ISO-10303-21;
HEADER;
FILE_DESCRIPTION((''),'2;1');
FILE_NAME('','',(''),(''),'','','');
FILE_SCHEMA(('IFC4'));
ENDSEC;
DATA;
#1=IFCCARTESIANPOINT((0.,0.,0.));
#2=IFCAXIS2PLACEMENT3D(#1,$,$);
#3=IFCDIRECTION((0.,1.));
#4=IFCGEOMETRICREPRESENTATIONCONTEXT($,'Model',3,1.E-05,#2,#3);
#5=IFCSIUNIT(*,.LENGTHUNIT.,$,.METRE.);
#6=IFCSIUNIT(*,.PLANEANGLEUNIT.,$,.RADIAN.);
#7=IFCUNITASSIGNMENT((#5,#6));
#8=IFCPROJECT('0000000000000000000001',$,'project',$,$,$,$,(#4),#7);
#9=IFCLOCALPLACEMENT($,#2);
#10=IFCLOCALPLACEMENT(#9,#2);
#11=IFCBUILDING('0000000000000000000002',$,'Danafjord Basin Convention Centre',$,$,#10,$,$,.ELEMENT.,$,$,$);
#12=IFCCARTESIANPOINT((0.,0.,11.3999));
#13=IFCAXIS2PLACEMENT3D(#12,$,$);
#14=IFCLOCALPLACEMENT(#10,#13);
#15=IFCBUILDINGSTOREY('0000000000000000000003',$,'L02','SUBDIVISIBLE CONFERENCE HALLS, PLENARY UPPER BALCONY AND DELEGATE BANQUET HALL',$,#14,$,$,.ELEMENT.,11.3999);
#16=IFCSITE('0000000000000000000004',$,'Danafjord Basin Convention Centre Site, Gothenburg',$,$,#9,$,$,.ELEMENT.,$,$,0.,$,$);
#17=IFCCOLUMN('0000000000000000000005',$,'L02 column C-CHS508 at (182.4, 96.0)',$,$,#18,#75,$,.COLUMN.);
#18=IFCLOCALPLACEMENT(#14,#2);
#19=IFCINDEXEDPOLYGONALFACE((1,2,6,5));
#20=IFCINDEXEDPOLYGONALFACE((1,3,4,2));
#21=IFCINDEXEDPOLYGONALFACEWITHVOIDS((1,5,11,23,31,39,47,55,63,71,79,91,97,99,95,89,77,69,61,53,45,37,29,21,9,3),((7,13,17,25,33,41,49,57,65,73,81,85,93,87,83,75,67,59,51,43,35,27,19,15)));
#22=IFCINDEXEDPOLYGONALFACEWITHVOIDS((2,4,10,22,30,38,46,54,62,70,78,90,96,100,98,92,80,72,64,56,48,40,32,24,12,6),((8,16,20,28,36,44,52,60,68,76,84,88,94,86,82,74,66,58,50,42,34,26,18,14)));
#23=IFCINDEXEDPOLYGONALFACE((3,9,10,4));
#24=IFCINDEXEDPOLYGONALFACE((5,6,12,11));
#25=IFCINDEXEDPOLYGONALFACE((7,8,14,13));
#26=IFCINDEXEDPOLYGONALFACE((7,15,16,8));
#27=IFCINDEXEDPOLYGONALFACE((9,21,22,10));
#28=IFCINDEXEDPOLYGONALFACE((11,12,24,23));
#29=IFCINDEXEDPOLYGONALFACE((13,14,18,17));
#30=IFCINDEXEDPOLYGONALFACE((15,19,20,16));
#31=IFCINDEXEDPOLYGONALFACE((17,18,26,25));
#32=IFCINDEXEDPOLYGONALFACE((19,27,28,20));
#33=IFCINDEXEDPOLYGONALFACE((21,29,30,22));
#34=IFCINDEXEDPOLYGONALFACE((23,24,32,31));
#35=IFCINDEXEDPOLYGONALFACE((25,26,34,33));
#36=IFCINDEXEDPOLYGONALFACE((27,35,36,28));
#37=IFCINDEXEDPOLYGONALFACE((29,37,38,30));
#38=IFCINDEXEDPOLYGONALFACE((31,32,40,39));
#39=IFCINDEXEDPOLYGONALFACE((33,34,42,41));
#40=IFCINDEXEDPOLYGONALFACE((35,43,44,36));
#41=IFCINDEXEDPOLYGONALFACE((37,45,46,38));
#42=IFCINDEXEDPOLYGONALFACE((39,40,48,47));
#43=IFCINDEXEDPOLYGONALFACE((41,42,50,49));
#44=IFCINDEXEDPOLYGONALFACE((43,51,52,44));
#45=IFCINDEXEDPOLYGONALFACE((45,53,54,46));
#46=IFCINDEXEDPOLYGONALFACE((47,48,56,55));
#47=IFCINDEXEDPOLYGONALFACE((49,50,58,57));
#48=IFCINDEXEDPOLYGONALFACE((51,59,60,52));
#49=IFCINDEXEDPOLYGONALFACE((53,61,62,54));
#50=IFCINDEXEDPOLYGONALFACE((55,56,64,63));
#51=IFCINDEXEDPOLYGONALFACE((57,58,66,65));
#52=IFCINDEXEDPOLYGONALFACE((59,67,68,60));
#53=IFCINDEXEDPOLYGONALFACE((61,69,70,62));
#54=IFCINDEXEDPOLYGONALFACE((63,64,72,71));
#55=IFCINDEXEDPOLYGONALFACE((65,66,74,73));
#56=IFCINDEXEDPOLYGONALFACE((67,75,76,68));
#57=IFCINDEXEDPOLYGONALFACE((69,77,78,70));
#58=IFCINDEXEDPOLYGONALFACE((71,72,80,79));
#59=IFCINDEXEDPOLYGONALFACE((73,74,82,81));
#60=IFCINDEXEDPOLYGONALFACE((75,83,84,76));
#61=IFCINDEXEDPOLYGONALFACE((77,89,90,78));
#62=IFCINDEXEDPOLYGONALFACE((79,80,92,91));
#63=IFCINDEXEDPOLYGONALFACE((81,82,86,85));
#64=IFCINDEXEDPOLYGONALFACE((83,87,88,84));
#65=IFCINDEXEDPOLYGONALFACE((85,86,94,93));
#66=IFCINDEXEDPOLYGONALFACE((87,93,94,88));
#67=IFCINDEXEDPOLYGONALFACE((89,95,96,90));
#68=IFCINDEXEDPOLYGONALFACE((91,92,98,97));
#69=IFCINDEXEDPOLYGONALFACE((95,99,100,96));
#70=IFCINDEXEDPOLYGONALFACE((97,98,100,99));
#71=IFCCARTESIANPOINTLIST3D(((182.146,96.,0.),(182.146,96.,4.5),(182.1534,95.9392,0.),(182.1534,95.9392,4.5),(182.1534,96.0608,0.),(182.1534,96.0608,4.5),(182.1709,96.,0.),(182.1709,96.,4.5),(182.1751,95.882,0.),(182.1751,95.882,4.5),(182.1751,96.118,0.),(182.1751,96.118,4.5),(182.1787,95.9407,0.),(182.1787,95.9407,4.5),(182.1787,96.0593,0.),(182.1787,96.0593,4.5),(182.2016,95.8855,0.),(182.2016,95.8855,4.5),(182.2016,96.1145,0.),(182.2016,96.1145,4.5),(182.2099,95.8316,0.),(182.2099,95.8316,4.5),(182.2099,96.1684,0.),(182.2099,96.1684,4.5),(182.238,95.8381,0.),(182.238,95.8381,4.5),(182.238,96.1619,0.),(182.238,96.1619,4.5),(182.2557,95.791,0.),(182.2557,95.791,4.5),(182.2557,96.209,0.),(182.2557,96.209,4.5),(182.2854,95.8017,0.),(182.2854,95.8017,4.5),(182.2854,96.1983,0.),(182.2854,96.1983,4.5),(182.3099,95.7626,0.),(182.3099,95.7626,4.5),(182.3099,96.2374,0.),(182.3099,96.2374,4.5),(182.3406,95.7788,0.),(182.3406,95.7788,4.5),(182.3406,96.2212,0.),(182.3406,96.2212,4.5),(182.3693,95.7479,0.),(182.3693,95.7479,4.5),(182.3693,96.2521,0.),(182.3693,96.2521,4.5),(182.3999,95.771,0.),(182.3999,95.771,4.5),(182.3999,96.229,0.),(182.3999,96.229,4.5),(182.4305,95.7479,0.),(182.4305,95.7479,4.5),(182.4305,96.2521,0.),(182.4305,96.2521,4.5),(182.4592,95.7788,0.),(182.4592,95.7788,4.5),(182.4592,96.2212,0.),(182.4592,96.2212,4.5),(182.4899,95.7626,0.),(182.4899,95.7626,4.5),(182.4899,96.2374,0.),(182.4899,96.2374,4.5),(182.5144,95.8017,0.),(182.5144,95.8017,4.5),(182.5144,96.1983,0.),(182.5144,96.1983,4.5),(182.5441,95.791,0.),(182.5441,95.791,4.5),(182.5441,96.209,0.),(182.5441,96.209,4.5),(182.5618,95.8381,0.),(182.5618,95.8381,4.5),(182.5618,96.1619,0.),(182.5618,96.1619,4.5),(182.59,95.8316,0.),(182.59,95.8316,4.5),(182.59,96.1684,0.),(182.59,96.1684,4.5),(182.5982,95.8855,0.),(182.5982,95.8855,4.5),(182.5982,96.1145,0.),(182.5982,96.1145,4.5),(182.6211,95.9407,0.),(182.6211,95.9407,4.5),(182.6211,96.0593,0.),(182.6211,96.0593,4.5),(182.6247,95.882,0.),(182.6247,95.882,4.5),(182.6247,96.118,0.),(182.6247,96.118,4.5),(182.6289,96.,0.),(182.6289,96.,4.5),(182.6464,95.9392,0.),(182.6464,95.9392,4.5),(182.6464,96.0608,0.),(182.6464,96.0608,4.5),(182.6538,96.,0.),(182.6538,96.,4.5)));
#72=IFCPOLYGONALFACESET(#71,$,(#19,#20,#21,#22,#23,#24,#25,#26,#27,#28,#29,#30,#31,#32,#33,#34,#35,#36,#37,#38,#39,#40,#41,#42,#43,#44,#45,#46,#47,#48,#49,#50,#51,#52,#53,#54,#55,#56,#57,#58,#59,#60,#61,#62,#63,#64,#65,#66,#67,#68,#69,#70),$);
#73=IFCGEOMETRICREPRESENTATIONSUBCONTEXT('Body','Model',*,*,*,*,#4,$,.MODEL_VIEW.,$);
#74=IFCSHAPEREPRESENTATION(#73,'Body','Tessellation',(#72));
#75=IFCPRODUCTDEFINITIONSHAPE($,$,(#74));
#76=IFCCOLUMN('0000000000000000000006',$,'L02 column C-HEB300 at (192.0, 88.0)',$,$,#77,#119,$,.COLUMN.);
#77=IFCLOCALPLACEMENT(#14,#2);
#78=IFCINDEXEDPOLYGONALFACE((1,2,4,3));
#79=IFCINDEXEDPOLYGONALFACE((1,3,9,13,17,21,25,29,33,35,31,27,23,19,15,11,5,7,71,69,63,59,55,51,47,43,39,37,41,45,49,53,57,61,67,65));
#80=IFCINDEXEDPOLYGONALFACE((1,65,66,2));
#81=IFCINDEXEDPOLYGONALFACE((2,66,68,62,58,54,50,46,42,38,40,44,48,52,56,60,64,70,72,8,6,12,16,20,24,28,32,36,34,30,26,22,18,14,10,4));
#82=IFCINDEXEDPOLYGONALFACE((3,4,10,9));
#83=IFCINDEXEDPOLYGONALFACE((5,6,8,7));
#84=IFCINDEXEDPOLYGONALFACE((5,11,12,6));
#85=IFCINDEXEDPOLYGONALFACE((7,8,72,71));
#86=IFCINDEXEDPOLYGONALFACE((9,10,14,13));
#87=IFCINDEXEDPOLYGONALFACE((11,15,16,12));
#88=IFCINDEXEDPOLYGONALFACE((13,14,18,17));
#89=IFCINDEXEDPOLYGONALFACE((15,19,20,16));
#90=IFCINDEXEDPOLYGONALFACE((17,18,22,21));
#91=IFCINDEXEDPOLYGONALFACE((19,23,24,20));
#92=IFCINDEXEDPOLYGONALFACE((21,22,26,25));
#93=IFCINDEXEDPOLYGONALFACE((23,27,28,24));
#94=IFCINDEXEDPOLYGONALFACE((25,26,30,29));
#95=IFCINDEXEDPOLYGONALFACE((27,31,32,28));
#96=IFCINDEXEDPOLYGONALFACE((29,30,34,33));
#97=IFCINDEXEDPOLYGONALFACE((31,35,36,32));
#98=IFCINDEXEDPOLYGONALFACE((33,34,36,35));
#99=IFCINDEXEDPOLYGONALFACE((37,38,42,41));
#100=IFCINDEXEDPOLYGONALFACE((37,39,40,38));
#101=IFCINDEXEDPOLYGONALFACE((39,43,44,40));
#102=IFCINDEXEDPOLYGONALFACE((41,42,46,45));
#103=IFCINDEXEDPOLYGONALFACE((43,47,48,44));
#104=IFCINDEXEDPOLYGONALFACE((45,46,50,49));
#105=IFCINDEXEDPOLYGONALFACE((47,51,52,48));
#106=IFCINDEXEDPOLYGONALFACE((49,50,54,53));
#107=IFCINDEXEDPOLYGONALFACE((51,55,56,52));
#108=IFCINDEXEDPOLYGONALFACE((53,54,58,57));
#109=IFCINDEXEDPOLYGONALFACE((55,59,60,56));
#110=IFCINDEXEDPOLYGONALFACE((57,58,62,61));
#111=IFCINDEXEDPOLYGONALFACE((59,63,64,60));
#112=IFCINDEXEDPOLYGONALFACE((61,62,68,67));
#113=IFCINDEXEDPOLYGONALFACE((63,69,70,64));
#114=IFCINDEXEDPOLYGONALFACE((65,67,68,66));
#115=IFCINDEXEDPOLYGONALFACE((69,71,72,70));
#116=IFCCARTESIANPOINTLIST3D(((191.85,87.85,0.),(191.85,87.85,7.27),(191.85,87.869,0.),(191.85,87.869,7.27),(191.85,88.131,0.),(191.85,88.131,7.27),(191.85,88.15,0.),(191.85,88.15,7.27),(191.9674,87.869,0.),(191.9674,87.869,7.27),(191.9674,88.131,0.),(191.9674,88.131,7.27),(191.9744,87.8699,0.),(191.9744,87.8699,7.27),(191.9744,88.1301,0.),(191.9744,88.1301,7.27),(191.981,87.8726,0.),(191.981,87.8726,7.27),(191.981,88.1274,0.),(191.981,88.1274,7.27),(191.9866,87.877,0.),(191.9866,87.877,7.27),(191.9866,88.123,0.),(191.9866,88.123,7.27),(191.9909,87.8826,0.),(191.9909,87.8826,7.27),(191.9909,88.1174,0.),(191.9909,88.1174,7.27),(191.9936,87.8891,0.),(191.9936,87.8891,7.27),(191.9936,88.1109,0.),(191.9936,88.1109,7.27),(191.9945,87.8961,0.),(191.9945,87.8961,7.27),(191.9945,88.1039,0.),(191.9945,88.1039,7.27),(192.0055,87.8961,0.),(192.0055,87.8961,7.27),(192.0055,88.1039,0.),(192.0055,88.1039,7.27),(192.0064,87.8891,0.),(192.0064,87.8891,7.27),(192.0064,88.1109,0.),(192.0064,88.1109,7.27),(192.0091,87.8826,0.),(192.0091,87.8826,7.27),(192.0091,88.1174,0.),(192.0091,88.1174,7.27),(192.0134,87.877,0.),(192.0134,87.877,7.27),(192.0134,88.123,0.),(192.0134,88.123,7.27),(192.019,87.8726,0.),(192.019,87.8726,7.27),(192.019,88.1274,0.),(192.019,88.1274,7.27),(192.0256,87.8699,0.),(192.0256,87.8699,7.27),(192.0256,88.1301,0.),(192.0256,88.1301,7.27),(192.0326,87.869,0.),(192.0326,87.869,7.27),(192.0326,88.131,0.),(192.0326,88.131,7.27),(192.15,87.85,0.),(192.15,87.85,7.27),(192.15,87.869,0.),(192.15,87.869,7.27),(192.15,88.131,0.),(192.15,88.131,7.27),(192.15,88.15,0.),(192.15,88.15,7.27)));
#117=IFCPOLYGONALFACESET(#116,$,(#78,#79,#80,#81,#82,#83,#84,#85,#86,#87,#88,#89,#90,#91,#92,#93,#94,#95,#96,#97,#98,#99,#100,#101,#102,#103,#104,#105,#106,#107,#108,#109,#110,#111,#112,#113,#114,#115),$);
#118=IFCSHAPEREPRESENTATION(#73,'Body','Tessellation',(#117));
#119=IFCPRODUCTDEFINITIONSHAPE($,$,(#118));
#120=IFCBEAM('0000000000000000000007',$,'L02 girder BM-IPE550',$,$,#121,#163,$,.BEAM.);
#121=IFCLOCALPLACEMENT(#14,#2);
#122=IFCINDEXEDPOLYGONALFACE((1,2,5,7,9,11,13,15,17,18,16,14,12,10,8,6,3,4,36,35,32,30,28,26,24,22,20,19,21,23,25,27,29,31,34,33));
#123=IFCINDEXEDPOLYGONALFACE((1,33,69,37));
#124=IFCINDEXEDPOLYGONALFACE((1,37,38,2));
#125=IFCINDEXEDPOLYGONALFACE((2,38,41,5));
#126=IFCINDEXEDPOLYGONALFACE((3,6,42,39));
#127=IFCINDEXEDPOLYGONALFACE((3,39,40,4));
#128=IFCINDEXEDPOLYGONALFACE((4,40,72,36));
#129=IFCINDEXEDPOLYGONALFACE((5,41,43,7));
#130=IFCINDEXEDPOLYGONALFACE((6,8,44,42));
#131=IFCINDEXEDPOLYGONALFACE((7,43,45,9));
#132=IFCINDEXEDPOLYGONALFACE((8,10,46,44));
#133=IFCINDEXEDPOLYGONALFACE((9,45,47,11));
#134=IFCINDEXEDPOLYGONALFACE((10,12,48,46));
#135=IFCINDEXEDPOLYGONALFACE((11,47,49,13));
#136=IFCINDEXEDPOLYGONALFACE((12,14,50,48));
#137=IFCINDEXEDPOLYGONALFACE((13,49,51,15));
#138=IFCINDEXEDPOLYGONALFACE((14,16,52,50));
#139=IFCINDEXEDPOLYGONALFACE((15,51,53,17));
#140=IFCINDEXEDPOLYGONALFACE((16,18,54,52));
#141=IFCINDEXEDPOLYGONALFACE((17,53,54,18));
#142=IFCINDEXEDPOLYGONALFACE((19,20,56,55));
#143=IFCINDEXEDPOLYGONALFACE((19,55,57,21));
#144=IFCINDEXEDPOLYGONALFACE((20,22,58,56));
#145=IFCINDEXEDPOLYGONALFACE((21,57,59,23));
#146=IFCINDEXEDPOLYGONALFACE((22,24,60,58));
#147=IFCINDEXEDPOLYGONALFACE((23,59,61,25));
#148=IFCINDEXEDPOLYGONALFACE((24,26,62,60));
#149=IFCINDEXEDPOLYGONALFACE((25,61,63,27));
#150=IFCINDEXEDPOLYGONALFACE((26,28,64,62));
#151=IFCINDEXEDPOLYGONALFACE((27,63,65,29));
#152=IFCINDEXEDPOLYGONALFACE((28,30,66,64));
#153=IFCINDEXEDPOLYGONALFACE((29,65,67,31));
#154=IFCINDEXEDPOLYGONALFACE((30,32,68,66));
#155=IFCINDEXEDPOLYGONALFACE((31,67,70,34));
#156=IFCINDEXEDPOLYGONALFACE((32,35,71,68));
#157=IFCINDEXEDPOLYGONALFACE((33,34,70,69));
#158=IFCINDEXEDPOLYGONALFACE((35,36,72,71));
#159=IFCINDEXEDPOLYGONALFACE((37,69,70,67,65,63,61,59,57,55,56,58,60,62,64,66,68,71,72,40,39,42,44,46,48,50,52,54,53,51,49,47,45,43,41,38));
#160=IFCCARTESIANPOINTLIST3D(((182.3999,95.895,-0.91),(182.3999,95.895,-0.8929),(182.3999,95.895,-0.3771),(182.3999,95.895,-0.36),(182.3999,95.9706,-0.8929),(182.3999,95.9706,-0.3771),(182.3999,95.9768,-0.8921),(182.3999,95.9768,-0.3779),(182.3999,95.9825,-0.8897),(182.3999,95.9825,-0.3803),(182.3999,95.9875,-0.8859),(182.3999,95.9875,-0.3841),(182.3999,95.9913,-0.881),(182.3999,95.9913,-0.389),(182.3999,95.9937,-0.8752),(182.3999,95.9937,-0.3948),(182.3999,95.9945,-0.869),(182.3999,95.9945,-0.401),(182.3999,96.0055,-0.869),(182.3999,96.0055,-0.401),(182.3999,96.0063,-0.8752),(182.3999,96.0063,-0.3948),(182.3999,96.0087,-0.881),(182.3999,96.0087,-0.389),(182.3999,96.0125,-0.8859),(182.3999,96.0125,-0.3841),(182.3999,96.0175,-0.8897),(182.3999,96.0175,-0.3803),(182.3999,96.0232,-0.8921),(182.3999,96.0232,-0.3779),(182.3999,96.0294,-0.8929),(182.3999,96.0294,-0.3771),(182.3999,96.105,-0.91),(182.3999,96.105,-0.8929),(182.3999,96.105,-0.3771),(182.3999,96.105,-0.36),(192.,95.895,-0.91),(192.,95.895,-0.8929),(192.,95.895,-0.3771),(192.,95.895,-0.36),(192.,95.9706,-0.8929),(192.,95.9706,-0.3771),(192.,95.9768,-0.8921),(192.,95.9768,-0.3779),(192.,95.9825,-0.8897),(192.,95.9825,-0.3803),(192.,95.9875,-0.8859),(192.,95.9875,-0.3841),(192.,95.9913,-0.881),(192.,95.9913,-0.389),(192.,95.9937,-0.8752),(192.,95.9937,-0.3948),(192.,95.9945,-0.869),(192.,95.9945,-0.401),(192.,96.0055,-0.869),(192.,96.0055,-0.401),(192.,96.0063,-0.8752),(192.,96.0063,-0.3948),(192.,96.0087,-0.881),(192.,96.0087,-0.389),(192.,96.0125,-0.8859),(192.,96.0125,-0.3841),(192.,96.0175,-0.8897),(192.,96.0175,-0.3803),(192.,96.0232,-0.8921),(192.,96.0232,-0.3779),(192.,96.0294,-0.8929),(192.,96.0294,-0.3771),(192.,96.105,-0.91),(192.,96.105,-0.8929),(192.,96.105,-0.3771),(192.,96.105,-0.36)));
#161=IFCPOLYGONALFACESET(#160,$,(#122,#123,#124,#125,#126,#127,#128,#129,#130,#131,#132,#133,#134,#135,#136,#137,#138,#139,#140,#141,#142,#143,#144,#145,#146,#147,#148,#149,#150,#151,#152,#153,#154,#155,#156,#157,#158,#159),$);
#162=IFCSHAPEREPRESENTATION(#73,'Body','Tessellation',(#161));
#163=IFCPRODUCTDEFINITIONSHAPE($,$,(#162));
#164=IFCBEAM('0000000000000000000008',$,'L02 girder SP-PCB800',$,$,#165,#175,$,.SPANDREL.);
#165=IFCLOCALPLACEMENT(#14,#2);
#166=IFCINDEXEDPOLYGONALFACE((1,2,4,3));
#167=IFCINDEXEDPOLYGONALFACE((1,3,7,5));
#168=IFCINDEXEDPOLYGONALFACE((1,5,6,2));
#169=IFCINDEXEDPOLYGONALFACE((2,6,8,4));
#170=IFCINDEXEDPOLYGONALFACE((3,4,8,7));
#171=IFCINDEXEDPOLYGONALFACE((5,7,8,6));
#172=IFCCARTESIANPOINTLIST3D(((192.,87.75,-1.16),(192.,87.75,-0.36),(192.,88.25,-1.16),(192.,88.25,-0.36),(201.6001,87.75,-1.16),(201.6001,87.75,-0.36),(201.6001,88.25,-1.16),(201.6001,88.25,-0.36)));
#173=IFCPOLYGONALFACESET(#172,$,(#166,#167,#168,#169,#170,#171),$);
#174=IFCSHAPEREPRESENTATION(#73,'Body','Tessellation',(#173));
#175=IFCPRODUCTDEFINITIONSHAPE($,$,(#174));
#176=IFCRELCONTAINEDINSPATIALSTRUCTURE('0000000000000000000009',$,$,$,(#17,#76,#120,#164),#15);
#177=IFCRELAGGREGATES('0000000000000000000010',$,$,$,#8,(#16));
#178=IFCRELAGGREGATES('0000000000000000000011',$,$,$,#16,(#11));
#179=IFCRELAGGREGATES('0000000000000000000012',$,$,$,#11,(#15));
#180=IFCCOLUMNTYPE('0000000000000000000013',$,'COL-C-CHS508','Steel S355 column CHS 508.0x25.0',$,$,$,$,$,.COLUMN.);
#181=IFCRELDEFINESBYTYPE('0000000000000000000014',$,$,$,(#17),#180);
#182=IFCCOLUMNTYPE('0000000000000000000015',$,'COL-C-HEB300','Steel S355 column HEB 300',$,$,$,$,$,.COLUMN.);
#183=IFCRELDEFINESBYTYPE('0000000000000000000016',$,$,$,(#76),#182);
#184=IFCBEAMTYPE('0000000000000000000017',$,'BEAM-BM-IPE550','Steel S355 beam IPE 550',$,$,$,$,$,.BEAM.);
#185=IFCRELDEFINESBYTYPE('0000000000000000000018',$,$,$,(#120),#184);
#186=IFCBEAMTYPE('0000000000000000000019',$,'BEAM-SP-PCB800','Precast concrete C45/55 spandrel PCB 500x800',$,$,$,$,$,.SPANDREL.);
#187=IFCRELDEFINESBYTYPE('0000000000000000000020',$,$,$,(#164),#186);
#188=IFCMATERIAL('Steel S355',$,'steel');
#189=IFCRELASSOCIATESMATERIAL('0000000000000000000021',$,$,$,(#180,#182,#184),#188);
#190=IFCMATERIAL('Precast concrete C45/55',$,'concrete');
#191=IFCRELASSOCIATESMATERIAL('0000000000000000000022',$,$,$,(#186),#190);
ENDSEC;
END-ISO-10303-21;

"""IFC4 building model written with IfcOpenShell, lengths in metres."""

from ifc_helpers import new_model, si_unit, direction, frame, origin, origin_2d, place, context, subcontext, project, spatial, rectangle, hollow_circle, i_section, extrude, material, material_profile, profile_set, type_object, element, save


model = new_model("IFC4")

# Units and contexts
model_context = context("Model", 3, precision=1e-05, world=origin(), true_north=direction((0.0, 1.0)))
body_context = subcontext(model_context, "Body", "Model", "MODEL_VIEW")
ifc_project = project(units=[si_unit("LENGTHUNIT", "METRE"), si_unit("PLANEANGLEUNIT", "RADIAN")], contexts=[model_context])

# Site, building, storey
site_placement = place(None, origin())
site = spatial("IfcSite", under=ifc_project, at=site_placement, Name="Danafjord Basin Convention Centre Site, Gothenburg", CompositionType="ELEMENT", RefElevation=0.0)
building_placement = place(site_placement, origin())
building = spatial("IfcBuilding", under=site, at=building_placement, Name="Danafjord Basin Convention Centre", CompositionType="ELEMENT")
storey_placement = place(building_placement, frame((0.0, 0.0, 11.3999)))
storey = spatial("IfcBuildingStorey", under=building, at=storey_placement, Name="L02", Description="SUBDIVISIBLE CONFERENCE HALLS, PLENARY UPPER BALCONY AND DELEGATE BANQUET HALL", CompositionType="ELEMENT", Elevation=11.3999)

# Columns
ifc_material_1 = material(Name="Steel S355", Category="steel")
ifc_material_profile_1 = material_profile(ifc_material_1, hollow_circle(Radius=0.2539, WallThickness=0.0249, at=origin_2d()), Name="CHS 508.0x25.0")
ifc_profile_set_1 = profile_set([ifc_material_profile_1], Name="Steel S355")
column_type_1 = type_object("IfcColumnType", Name="COL-C-CHS508", Description="Steel S355 column CHS 508.0x25.0", PredefinedType="COLUMN", material=ifc_profile_set_1)
column_1_placement = place(storey_placement, frame((182.3999, 96.0, 0.0), z_axis=(0.0, 0.0, 1.0), x_axis=(1.0, 0.0, 0.0)))
element("IfcColumn", 1, at=column_1_placement, inside=storey, type_object=column_type_1, Name="L02 column C-CHS508 at (182.4, 96.0)", PredefinedType="COLUMN", context=body_context, shape_type="SweptSolid", body=[
    extrude(hollow_circle(Radius=0.2539, WallThickness=0.0249, at=origin_2d()), origin(), (0.0, 0.0, 1.0), 4.5),
])
ifc_material_profile_2 = material_profile(ifc_material_1, i_section(OverallWidth=0.3, OverallDepth=0.3, WebThickness=0.011, FlangeThickness=0.019, FilletRadius=0.0271, at=origin_2d()), Name="HEB 300")
ifc_profile_set_2 = profile_set([ifc_material_profile_2], Name="Steel S355")
column_type_2 = type_object("IfcColumnType", Name="COL-C-HEB300", Description="Steel S355 column HEB 300", PredefinedType="COLUMN", material=ifc_profile_set_2)
column_2_placement = place(storey_placement, frame((192.0, 88.0, 0.0), z_axis=(0.0, 0.0, 1.0), x_axis=(1.0, 0.0, 0.0)))
element("IfcColumn", 2, at=column_2_placement, inside=storey, type_object=column_type_2, Name="L02 column C-HEB300 at (192.0, 88.0)", PredefinedType="COLUMN", context=body_context, shape_type="SweptSolid", body=[
    extrude(i_section(OverallWidth=0.3, OverallDepth=0.3, WebThickness=0.011, FlangeThickness=0.019, FilletRadius=0.0271, at=origin_2d()), origin(), (0.0, 0.0, 1.0), 7.27),
])

# Beams
ifc_material_profile_3 = material_profile(ifc_material_1, i_section(OverallWidth=0.21, OverallDepth=0.55, WebThickness=0.011, FlangeThickness=0.0171, FilletRadius=0.0239, at=origin_2d()), Name="IPE 550")
ifc_profile_set_3 = profile_set([ifc_material_profile_3], Name="Steel S355")
beam_type_1 = type_object("IfcBeamType", Name="BEAM-BM-IPE550", Description="Steel S355 beam IPE 550", PredefinedType="BEAM", material=ifc_profile_set_3)
beam_1_placement = place(storey_placement, frame((182.3999, 96.0, -0.635), z_axis=(1.0, 0.0, 0.0), x_axis=(0.0, 1.0, 0.0)))
element("IfcBeam", 3, at=beam_1_placement, inside=storey, type_object=beam_type_1, Name="L02 girder BM-IPE550", PredefinedType="BEAM", context=body_context, shape_type="SweptSolid", body=[
    extrude(i_section(OverallWidth=0.21, OverallDepth=0.55, WebThickness=0.011, FlangeThickness=0.0171, FilletRadius=0.0239, at=origin_2d()), origin(), (0.0, 0.0, 1.0), 9.6001),
])
ifc_material_2 = material(Name="Precast concrete C45/55", Category="concrete")
ifc_material_profile_4 = material_profile(ifc_material_2, rectangle(XDim=0.5, YDim=0.8, at=origin_2d()), Name="PCB 500x800")
ifc_profile_set_4 = profile_set([ifc_material_profile_4], Name="Precast concrete C45/55")
beam_type_2 = type_object("IfcBeamType", Name="BEAM-SP-PCB800", Description="Precast concrete C45/55 spandrel PCB 500x800", PredefinedType="SPANDREL", material=ifc_profile_set_4)
beam_2_placement = place(storey_placement, frame((192.0, 88.0, -0.76), z_axis=(1.0, 0.0, 0.0), x_axis=(0.0, 1.0, 0.0)))
element("IfcBeam", 4, at=beam_2_placement, inside=storey, type_object=beam_type_2, Name="L02 girder SP-PCB800", PredefinedType="SPANDREL", context=body_context, shape_type="SweptSolid", body=[
    extrude(rectangle(XDim=0.5, YDim=0.8, at=origin_2d()), origin(), (0.0, 0.0, 1.0), 9.6001),
])

save(model, "model.ifc")
